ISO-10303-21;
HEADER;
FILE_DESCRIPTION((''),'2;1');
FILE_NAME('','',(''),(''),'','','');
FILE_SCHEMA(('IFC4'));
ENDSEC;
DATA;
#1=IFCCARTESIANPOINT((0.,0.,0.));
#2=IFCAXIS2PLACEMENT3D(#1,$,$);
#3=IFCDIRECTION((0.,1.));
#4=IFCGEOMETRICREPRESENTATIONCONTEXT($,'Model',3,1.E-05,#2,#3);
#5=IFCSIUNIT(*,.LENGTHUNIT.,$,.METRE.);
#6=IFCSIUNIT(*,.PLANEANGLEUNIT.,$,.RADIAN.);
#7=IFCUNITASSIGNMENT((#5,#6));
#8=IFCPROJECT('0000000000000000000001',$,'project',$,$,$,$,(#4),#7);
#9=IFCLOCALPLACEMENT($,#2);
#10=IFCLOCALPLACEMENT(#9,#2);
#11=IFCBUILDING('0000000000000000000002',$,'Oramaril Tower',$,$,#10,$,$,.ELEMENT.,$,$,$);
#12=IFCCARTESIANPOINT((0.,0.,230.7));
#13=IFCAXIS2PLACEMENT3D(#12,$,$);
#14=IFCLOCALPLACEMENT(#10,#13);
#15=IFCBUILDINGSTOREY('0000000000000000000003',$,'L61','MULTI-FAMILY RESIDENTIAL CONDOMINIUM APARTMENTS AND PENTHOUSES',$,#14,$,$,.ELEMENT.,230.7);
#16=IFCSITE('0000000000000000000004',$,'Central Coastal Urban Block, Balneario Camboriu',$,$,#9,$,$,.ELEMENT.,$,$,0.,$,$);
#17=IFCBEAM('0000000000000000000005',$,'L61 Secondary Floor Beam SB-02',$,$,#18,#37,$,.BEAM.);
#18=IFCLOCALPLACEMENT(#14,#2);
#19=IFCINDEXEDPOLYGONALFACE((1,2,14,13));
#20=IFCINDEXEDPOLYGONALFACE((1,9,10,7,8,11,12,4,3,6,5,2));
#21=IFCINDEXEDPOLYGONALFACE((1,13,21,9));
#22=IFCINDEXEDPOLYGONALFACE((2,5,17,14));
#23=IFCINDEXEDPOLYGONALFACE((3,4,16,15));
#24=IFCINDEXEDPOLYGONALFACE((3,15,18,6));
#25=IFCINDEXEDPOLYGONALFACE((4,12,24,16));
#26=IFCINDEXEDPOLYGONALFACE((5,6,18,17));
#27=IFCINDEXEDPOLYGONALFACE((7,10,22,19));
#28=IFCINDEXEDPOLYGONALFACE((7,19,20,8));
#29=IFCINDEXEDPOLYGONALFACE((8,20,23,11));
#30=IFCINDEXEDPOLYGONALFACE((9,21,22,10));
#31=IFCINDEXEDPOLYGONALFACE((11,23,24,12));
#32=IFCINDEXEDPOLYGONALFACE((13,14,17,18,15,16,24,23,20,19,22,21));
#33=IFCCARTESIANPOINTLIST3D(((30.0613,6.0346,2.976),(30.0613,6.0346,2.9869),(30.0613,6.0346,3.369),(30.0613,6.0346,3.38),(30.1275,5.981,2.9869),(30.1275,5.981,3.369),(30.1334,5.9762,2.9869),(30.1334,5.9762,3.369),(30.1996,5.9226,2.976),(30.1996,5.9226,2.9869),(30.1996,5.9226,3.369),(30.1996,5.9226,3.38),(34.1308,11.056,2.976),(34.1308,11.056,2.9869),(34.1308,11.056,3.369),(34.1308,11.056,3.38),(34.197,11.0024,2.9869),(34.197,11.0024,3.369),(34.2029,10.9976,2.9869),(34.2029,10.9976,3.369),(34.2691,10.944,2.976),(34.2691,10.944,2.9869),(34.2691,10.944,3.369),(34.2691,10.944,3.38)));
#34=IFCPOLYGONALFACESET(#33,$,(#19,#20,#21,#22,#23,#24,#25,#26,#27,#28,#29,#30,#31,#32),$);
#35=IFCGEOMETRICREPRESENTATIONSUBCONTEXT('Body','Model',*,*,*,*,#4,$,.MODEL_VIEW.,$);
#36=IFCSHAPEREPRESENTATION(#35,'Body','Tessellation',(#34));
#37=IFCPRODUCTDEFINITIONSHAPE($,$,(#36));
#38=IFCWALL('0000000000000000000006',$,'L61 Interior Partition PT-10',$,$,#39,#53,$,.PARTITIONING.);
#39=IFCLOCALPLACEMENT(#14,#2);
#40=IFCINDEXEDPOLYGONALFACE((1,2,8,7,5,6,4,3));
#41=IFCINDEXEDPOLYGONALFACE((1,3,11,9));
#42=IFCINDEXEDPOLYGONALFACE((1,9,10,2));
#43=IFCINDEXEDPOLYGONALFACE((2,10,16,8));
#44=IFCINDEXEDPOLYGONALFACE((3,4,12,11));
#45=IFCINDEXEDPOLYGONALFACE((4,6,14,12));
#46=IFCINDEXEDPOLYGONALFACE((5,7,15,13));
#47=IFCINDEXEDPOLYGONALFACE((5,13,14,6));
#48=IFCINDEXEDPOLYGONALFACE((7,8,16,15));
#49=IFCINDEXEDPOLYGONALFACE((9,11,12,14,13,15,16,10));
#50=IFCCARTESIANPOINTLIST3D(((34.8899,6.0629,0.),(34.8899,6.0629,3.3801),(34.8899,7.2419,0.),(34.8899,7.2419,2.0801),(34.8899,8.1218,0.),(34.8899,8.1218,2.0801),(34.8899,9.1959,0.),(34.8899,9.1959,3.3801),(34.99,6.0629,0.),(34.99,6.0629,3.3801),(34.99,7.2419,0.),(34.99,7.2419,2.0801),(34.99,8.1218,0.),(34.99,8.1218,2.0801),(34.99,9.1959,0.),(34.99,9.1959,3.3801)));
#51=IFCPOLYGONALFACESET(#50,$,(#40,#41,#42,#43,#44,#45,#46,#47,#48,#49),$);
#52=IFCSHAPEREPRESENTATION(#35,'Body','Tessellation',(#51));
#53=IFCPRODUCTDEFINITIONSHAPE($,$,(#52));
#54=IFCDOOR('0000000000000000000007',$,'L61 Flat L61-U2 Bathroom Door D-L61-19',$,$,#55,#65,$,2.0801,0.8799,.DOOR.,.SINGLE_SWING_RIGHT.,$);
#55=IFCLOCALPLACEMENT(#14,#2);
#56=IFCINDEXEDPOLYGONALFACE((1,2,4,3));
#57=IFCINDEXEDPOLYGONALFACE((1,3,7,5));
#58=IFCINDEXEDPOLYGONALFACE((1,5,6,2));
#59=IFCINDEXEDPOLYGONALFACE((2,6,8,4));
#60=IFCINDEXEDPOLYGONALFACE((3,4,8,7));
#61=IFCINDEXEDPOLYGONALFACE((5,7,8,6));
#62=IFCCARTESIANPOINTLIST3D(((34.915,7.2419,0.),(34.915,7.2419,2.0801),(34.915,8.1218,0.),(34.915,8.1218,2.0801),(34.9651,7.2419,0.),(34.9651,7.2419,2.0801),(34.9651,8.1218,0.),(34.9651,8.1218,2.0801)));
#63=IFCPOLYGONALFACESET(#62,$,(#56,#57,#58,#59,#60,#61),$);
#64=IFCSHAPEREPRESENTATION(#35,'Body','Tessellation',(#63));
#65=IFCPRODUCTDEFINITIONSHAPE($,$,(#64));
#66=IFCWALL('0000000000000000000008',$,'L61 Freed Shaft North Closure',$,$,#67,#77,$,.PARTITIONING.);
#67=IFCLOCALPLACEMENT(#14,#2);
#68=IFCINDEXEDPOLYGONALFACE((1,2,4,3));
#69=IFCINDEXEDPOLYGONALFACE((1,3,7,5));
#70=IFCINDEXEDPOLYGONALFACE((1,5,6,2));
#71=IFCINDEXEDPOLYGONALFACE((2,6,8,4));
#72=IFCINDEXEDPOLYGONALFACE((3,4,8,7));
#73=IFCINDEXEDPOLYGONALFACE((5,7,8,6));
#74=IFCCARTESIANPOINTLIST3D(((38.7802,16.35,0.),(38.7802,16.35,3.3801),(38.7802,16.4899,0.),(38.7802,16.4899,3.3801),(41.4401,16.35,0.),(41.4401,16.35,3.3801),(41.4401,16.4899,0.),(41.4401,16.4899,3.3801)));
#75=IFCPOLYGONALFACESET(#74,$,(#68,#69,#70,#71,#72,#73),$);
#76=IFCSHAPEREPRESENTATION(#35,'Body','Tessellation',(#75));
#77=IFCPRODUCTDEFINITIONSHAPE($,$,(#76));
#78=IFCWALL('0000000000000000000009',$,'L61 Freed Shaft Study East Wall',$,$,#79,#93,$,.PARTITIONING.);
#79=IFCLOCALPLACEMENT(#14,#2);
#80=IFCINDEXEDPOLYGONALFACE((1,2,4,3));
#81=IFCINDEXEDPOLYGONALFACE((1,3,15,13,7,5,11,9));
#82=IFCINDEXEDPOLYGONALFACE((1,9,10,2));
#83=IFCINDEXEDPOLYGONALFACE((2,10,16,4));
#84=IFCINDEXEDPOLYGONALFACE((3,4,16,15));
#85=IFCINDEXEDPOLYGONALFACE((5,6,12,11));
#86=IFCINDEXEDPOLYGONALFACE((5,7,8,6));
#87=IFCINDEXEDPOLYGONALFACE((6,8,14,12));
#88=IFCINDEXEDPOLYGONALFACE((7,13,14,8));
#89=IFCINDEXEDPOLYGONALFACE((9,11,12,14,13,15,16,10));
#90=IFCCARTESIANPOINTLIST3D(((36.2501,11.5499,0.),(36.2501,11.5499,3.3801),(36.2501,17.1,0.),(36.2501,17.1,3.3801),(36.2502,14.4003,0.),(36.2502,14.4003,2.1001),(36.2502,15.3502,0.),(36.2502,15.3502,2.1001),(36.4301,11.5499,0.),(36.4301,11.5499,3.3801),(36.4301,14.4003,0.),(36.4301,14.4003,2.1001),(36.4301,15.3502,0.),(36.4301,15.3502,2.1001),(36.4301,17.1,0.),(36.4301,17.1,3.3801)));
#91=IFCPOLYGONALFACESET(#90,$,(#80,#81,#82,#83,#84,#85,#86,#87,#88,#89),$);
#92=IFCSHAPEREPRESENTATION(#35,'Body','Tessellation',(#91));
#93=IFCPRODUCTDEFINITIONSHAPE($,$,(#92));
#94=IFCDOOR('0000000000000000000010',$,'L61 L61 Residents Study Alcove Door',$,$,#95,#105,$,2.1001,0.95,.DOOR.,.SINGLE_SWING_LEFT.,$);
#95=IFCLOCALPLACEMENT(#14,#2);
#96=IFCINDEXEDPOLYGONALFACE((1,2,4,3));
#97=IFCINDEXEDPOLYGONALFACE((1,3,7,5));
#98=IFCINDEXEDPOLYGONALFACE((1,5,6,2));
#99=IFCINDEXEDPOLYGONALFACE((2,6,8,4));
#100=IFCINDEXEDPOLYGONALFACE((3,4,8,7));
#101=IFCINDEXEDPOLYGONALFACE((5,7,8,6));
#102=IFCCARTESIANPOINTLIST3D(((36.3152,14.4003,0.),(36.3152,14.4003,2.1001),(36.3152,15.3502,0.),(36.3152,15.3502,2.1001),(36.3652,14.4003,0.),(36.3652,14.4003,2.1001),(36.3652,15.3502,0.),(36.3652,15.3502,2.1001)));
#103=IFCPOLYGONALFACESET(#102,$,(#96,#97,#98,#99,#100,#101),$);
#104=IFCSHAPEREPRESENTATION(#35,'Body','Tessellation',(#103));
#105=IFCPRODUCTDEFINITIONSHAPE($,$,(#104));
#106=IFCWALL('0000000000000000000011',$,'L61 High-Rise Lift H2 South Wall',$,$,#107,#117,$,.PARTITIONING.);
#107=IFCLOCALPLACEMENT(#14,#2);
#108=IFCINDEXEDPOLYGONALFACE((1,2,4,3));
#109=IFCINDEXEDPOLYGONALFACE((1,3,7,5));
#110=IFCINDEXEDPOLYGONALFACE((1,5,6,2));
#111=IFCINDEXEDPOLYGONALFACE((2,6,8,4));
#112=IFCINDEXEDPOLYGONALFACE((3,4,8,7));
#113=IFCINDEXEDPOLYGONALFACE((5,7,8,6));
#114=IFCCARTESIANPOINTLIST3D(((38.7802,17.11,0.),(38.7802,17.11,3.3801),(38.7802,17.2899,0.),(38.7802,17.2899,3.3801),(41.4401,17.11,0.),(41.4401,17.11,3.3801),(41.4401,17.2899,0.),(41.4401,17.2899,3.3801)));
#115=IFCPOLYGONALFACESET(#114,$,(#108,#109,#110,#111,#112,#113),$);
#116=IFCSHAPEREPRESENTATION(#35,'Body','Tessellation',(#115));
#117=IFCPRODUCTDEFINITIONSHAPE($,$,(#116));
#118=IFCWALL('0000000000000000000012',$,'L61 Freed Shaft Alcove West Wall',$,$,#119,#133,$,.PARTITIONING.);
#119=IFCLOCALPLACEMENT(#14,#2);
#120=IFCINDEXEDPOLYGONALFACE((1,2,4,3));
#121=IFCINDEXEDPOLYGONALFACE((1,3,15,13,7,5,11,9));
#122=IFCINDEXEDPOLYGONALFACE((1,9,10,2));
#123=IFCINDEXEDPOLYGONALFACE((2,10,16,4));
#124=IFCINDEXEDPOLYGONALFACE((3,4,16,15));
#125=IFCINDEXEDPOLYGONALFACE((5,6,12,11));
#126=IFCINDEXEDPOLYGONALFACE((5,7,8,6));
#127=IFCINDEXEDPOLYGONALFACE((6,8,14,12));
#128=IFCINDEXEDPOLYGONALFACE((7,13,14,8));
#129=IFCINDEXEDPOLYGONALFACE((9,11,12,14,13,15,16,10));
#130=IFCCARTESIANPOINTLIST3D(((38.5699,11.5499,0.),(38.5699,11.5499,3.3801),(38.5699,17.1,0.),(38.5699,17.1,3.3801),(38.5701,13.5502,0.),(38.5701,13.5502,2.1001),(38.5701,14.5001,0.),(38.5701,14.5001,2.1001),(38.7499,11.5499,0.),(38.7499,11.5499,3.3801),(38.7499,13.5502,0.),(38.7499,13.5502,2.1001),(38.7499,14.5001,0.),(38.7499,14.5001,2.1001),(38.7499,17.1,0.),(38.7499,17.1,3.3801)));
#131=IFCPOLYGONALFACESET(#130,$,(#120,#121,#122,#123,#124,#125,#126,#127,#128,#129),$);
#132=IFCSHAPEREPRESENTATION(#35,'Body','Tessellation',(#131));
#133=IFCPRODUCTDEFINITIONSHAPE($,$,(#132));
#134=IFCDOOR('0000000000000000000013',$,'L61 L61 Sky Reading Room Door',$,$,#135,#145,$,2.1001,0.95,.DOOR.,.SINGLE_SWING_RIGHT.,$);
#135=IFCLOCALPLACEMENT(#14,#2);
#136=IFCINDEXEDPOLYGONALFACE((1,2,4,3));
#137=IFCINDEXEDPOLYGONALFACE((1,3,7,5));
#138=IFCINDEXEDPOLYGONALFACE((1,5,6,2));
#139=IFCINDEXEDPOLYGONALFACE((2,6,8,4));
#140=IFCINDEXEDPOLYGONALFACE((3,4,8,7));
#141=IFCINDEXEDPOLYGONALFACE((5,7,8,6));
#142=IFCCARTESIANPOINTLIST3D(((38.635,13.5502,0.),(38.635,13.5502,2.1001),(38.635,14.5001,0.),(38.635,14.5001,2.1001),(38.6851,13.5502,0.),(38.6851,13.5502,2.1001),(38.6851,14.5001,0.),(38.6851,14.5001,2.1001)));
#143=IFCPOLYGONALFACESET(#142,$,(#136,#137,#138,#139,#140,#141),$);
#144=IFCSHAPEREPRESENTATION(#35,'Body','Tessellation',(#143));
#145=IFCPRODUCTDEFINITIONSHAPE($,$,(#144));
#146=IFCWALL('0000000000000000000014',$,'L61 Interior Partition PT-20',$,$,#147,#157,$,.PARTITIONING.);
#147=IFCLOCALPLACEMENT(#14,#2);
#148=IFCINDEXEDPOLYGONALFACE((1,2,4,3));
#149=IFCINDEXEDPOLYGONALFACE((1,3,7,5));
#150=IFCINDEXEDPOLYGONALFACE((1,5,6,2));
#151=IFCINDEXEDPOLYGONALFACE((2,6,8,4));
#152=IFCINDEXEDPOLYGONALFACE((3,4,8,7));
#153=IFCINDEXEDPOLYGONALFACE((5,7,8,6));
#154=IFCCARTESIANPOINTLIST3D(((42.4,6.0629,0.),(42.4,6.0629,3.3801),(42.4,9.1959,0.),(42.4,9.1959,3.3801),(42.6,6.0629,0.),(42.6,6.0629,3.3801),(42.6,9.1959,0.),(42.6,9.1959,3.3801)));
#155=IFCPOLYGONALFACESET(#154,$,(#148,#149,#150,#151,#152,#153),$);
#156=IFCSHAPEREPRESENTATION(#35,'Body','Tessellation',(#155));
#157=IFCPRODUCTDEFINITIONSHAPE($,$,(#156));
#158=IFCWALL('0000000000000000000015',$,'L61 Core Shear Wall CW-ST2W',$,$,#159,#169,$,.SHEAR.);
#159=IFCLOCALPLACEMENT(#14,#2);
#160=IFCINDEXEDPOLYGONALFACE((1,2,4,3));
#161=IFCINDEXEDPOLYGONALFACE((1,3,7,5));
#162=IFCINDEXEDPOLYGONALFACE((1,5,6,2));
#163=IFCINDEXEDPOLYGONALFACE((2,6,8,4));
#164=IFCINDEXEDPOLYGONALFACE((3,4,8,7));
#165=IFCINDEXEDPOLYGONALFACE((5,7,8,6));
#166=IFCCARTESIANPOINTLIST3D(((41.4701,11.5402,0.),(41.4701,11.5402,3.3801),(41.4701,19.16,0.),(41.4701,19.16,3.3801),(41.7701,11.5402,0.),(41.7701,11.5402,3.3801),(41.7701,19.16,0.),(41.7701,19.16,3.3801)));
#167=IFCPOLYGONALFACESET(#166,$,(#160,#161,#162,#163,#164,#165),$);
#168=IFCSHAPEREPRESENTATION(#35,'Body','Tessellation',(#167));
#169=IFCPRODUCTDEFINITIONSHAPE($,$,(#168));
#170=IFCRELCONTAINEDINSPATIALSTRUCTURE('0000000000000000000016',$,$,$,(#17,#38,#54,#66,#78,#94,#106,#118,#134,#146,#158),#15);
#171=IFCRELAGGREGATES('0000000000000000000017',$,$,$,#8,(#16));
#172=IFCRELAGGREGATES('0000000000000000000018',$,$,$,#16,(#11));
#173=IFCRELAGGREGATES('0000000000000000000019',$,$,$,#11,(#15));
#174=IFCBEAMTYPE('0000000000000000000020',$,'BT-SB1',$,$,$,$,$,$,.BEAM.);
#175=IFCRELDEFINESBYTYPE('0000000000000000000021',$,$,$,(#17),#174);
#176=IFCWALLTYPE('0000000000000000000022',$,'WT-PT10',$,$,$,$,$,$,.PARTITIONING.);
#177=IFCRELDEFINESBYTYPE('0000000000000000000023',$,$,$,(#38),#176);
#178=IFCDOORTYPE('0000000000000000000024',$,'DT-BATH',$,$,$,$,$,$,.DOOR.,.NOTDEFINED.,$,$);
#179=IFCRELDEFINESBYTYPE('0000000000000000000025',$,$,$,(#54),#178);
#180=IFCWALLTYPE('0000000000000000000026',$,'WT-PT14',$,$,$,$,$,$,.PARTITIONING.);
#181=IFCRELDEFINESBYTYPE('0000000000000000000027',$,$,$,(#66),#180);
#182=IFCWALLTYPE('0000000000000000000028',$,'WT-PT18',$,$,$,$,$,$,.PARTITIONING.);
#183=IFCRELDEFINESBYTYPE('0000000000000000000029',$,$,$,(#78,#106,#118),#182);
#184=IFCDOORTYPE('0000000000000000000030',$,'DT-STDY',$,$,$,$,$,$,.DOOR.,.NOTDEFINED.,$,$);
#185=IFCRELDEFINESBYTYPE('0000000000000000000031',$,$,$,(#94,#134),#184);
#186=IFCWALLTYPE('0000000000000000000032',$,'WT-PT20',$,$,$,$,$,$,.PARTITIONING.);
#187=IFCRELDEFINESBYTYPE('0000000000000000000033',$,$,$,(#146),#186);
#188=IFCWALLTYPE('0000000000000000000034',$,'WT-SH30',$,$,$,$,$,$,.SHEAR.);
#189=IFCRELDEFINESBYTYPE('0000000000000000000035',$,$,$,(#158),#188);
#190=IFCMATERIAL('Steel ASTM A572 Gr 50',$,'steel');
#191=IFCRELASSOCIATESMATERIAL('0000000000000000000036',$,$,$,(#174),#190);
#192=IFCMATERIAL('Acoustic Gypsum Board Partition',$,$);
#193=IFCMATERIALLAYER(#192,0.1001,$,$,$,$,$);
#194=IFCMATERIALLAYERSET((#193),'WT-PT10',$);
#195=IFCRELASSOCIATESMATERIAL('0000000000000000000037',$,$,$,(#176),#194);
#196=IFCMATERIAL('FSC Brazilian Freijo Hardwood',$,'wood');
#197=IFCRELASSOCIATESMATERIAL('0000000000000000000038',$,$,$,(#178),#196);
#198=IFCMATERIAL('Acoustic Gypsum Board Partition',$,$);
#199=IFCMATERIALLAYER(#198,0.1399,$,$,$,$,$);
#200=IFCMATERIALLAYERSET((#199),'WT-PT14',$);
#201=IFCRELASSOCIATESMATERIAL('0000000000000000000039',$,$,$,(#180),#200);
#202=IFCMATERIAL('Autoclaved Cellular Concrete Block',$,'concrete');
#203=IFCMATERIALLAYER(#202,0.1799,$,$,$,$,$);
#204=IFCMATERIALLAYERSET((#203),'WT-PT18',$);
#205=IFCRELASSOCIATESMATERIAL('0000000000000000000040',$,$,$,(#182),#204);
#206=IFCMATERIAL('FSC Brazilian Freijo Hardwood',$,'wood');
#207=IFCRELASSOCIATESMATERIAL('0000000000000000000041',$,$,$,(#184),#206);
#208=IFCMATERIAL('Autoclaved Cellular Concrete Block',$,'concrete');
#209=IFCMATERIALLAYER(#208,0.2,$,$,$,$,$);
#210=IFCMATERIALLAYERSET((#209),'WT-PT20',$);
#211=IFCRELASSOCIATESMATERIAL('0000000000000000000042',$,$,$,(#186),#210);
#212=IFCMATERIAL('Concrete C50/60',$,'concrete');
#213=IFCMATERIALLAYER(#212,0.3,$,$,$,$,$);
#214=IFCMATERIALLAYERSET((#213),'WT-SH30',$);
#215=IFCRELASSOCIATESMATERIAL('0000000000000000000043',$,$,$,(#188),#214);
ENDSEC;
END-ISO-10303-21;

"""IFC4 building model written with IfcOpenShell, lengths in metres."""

from ifc_helpers import new_model, si_unit, direction, frame, frame_2d, origin, origin_2d, place, context, subcontext, project, spatial, rectangle, i_section, extrude, material, layer, layer_set, material_profile, profile_set, type_object, element, fill, save


model = new_model("IFC4")

# Units and contexts
model_context = context("Model", 3, precision=1e-05, world=origin(), true_north=direction((0.0, 1.0)))
body_context = subcontext(model_context, "Body", "Model", "MODEL_VIEW")
ifc_project = project(units=[si_unit("LENGTHUNIT", "METRE"), si_unit("PLANEANGLEUNIT", "RADIAN")], contexts=[model_context])

# Site, building, storey
site_placement = place(None, origin())
site = spatial("IfcSite", under=ifc_project, at=site_placement, Name="Central Coastal Urban Block, Balneario Camboriu", CompositionType="ELEMENT", RefElevation=0.0)
building_placement = place(site_placement, origin())
building = spatial("IfcBuilding", under=site, at=building_placement, Name="Oramaril Tower", CompositionType="ELEMENT")
storey_placement = place(building_placement, frame((0.0, 0.0, 230.7)))
storey = spatial("IfcBuildingStorey", under=building, at=storey_placement, Name="L61", Description="MULTI-FAMILY RESIDENTIAL CONDOMINIUM APARTMENTS AND PENTHOUSES", CompositionType="ELEMENT", Elevation=230.7)

# Beam
ifc_material_1 = material(Name="Steel ASTM A572 Gr 50", Category="steel")
ifc_material_profile = material_profile(ifc_material_1, i_section(OverallWidth=0.178, OverallDepth=0.4041, WebThickness=0.0076, FlangeThickness=0.011, at=origin_2d()), Name="W16X36")
ifc_profile_set = profile_set([ifc_material_profile], Name="Steel ASTM A572 Gr 50")
beam_type = type_object("IfcBeamType", Name="BT-SB1", PredefinedType="BEAM", material=ifc_profile_set)
beam_placement = place(storey_placement, frame((34.2, 11.0, 3.178), z_axis=(-0.629625, -0.776899, 0.0), x_axis=(0.776899, -0.629625, 0.0)))
element("IfcBeam", 1, at=beam_placement, inside=storey, type_object=beam_type, Name="L61 Secondary Floor Beam SB-02", PredefinedType="BEAM", context=body_context, shape_type="SweptSolid", body=[
    extrude(i_section(OverallWidth=0.178, OverallDepth=0.4041, WebThickness=0.0076, FlangeThickness=0.011, at=origin_2d()), origin(), (0.0, 0.0, 1.0), 6.4634),
])

# Wall, opening, door
ifc_material_2 = material(Name="Acoustic Gypsum Board Partition")
ifc_layer_1 = layer(ifc_material_2, 0.1001)
ifc_layer_set_1 = layer_set([ifc_layer_1], Name="WT-PT10")
wall_type_1 = type_object("IfcWallType", Name="WT-PT10", PredefinedType="PARTITIONING", material=ifc_layer_set_1)
wall_1_placement = place(storey_placement, frame((34.9399, 6.063, 0.0), z_axis=(0.0, 0.0, 1.0), x_axis=(0.0, 1.0, 0.0)))
wall_1 = element("IfcWall", 2, at=wall_1_placement, inside=storey, type_object=wall_type_1, Name="L61 Interior Partition PT-10", PredefinedType="PARTITIONING", context=body_context, shape_type="SweptSolid", body=[
    extrude(rectangle(XDim=3.1331, YDim=0.1001, at=frame_2d((1.5664, 0.0))), origin(), (0.0, 0.0, 1.0), 3.3801),
])
opening_1_placement = place(wall_1_placement, frame((1.179, 0.0, 0.0)))
opening_1 = element("IfcOpeningElement", 3, at=opening_1_placement, cuts=wall_1, PredefinedType="OPENING", context=body_context, shape_type="SweptSolid", body=[
    extrude(rectangle(XDim=0.8799, YDim=2.0801, at=frame_2d((0.4399, 1.04))), frame((0.0, 0.05, 0.0), z_axis=(0.0, -1.0, 0.0), x_axis=(1.0, 0.0, 0.0)), (0.0, 0.0, 1.0), 0.1001),
])
ifc_material_3 = material(Name="FSC Brazilian Freijo Hardwood", Category="wood")
door_type_1 = type_object("IfcDoorType", Name="DT-BATH", OperationType="NOTDEFINED", PredefinedType="DOOR", material=ifc_material_3)
door_1_placement = place(opening_1_placement, origin())
door_1 = element("IfcDoor", 4, at=door_1_placement, inside=storey, type_object=door_type_1, Name="L61 Flat L61-U2 Bathroom Door D-L61-19", OperationType="SINGLE_SWING_RIGHT", OverallHeight=2.0801, OverallWidth=0.8799, PredefinedType="DOOR", context=body_context, shape_type="SweptSolid", body=[
    extrude(rectangle(XDim=0.8799, YDim=2.0801, at=frame_2d((0.4399, 1.04))), frame((0.0, 0.0249, 0.0), z_axis=(0.0, -1.0, 0.0), x_axis=(1.0, 0.0, 0.0)), (0.0, 0.0, 1.0), 0.05),
])
fill(opening_1, door_1)

# Wall
ifc_material_4 = material(Name="Acoustic Gypsum Board Partition")
ifc_layer_2 = layer(ifc_material_4, 0.1399)
ifc_layer_set_2 = layer_set([ifc_layer_2], Name="WT-PT14")
wall_type_2 = type_object("IfcWallType", Name="WT-PT14", PredefinedType="PARTITIONING", material=ifc_layer_set_2)
wall_2_placement = place(storey_placement, frame((38.78, 16.4199, 0.0), z_axis=(0.0, 0.0, 1.0), x_axis=(1.0, 0.0, 0.0)))
element("IfcWall", 5, at=wall_2_placement, inside=storey, type_object=wall_type_2, Name="L61 Freed Shaft North Closure", PredefinedType="PARTITIONING", context=body_context, shape_type="SweptSolid", body=[
    extrude(rectangle(XDim=2.6599, YDim=0.1399, at=frame_2d((1.3301, 0.0))), origin(), (0.0, 0.0, 1.0), 3.3801),
])

# Wall, opening, door
ifc_material_5 = material(Name="Autoclaved Cellular Concrete Block", Category="concrete")
ifc_layer_3 = layer(ifc_material_5, 0.1799)
ifc_layer_set_3 = layer_set([ifc_layer_3], Name="WT-PT18")
wall_type_3 = type_object("IfcWallType", Name="WT-PT18", PredefinedType="PARTITIONING", material=ifc_layer_set_3)
wall_3_placement = place(storey_placement, frame((36.3401, 11.55, 0.0), z_axis=(0.0, 0.0, 1.0), x_axis=(0.0, 1.0, 0.0)))
wall_3 = element("IfcWall", 6, at=wall_3_placement, inside=storey, type_object=wall_type_3, Name="L61 Freed Shaft Study East Wall", PredefinedType="PARTITIONING", context=body_context, shape_type="SweptSolid", body=[
    extrude(rectangle(XDim=5.55, YDim=0.1799, at=frame_2d((2.7749, 0.0))), origin(), (0.0, 0.0, 1.0), 3.3801),
])
opening_2_placement = place(wall_3_placement, frame((2.8501, 0.0, 0.0)))
opening_2 = element("IfcOpeningElement", 7, at=opening_2_placement, cuts=wall_3, PredefinedType="OPENING", context=body_context, shape_type="SweptSolid", body=[
    extrude(rectangle(XDim=0.95, YDim=2.1001, at=frame_2d((0.4751, 1.05))), frame((0.0, 0.0898, 0.0), z_axis=(0.0, -1.0, 0.0), x_axis=(1.0, 0.0, 0.0)), (0.0, 0.0, 1.0), 0.1799),
])
ifc_material_6 = material(Name="FSC Brazilian Freijo Hardwood", Category="wood")
door_type_2 = type_object("IfcDoorType", Name="DT-STDY", OperationType="NOTDEFINED", PredefinedType="DOOR", material=ifc_material_6)
door_2_placement = place(opening_2_placement, origin())
door_2 = element("IfcDoor", 8, at=door_2_placement, inside=storey, type_object=door_type_2, Name="L61 L61 Residents Study Alcove Door", OperationType="SINGLE_SWING_LEFT", OverallHeight=2.1001, OverallWidth=0.95, PredefinedType="DOOR", context=body_context, shape_type="SweptSolid", body=[
    extrude(rectangle(XDim=0.95, YDim=2.1001, at=frame_2d((0.4751, 1.05))), frame((0.0, 0.0249, 0.0), z_axis=(0.0, -1.0, 0.0), x_axis=(1.0, 0.0, 0.0)), (0.0, 0.0, 1.0), 0.05),
])
fill(opening_2, door_2)

# Wall
wall_4_placement = place(storey_placement, frame((38.78, 17.2, 0.0), z_axis=(0.0, 0.0, 1.0), x_axis=(1.0, 0.0, 0.0)))
element("IfcWall", 9, at=wall_4_placement, inside=storey, type_object=wall_type_3, Name="L61 High-Rise Lift H2 South Wall", PredefinedType="PARTITIONING", context=body_context, shape_type="SweptSolid", body=[
    extrude(rectangle(XDim=2.6599, YDim=0.1799, at=frame_2d((1.3301, 0.0))), origin(), (0.0, 0.0, 1.0), 3.3801),
])

# Wall, opening, door
wall_5_placement = place(storey_placement, frame((38.6599, 11.55, 0.0), z_axis=(0.0, 0.0, 1.0), x_axis=(0.0, 1.0, 0.0)))
wall_5 = element("IfcWall", 10, at=wall_5_placement, inside=storey, type_object=wall_type_3, Name="L61 Freed Shaft Alcove West Wall", PredefinedType="PARTITIONING", context=body_context, shape_type="SweptSolid", body=[
    extrude(rectangle(XDim=5.55, YDim=0.1799, at=frame_2d((2.7749, 0.0))), origin(), (0.0, 0.0, 1.0), 3.3801),
])
opening_3_placement = place(wall_5_placement, frame((2.0, 0.0, 0.0)))
opening_3 = element("IfcOpeningElement", 11, at=opening_3_placement, cuts=wall_5, PredefinedType="OPENING", context=body_context, shape_type="SweptSolid", body=[
    extrude(rectangle(XDim=0.95, YDim=2.1001, at=frame_2d((0.4751, 1.05))), frame((0.0, 0.0898, 0.0), z_axis=(0.0, -1.0, 0.0), x_axis=(1.0, 0.0, 0.0)), (0.0, 0.0, 1.0), 0.1799),
])
door_3_placement = place(opening_3_placement, origin())
door_3 = element("IfcDoor", 12, at=door_3_placement, inside=storey, type_object=door_type_2, Name="L61 L61 Sky Reading Room Door", OperationType="SINGLE_SWING_RIGHT", OverallHeight=2.1001, OverallWidth=0.95, PredefinedType="DOOR", context=body_context, shape_type="SweptSolid", body=[
    extrude(rectangle(XDim=0.95, YDim=2.1001, at=frame_2d((0.4751, 1.05))), frame((0.0, 0.0249, 0.0), z_axis=(0.0, -1.0, 0.0), x_axis=(1.0, 0.0, 0.0)), (0.0, 0.0, 1.0), 0.05),
])
fill(opening_3, door_3)

# Walls
ifc_material_7 = material(Name="Autoclaved Cellular Concrete Block", Category="concrete")
ifc_layer_4 = layer(ifc_material_7, 0.2)
ifc_layer_set_4 = layer_set([ifc_layer_4], Name="WT-PT20")
wall_type_4 = type_object("IfcWallType", Name="WT-PT20", PredefinedType="PARTITIONING", material=ifc_layer_set_4)
wall_6_placement = place(storey_placement, frame((42.5, 6.063, 0.0), z_axis=(0.0, 0.0, 1.0), x_axis=(0.0, 1.0, 0.0)))
element("IfcWall", 13, at=wall_6_placement, inside=storey, type_object=wall_type_4, Name="L61 Interior Partition PT-20", PredefinedType="PARTITIONING", context=body_context, shape_type="SweptSolid", body=[
    extrude(rectangle(XDim=3.1331, YDim=0.2, at=frame_2d((1.5664, 0.0))), origin(), (0.0, 0.0, 1.0), 3.3801),
])
ifc_material_8 = material(Name="Concrete C50/60", Category="concrete")
ifc_layer_5 = layer(ifc_material_8, 0.3)
ifc_layer_set_5 = layer_set([ifc_layer_5], Name="WT-SH30")
wall_type_5 = type_object("IfcWallType", Name="WT-SH30", PredefinedType="SHEAR", material=ifc_layer_set_5)
wall_7_placement = place(storey_placement, frame((41.6201, 11.54, 0.0), z_axis=(0.0, 0.0, 1.0), x_axis=(0.0, 1.0, 0.0)))
element("IfcWall", 14, at=wall_7_placement, inside=storey, type_object=wall_type_5, Name="L61 Core Shear Wall CW-ST2W", PredefinedType="SHEAR", context=body_context, shape_type="SweptSolid", body=[
    extrude(rectangle(XDim=7.6199, YDim=0.3, at=frame_2d((3.8101, 0.0))), origin(), (0.0, 0.0, 1.0), 3.3801),
])

save(model, "model.ifc")
